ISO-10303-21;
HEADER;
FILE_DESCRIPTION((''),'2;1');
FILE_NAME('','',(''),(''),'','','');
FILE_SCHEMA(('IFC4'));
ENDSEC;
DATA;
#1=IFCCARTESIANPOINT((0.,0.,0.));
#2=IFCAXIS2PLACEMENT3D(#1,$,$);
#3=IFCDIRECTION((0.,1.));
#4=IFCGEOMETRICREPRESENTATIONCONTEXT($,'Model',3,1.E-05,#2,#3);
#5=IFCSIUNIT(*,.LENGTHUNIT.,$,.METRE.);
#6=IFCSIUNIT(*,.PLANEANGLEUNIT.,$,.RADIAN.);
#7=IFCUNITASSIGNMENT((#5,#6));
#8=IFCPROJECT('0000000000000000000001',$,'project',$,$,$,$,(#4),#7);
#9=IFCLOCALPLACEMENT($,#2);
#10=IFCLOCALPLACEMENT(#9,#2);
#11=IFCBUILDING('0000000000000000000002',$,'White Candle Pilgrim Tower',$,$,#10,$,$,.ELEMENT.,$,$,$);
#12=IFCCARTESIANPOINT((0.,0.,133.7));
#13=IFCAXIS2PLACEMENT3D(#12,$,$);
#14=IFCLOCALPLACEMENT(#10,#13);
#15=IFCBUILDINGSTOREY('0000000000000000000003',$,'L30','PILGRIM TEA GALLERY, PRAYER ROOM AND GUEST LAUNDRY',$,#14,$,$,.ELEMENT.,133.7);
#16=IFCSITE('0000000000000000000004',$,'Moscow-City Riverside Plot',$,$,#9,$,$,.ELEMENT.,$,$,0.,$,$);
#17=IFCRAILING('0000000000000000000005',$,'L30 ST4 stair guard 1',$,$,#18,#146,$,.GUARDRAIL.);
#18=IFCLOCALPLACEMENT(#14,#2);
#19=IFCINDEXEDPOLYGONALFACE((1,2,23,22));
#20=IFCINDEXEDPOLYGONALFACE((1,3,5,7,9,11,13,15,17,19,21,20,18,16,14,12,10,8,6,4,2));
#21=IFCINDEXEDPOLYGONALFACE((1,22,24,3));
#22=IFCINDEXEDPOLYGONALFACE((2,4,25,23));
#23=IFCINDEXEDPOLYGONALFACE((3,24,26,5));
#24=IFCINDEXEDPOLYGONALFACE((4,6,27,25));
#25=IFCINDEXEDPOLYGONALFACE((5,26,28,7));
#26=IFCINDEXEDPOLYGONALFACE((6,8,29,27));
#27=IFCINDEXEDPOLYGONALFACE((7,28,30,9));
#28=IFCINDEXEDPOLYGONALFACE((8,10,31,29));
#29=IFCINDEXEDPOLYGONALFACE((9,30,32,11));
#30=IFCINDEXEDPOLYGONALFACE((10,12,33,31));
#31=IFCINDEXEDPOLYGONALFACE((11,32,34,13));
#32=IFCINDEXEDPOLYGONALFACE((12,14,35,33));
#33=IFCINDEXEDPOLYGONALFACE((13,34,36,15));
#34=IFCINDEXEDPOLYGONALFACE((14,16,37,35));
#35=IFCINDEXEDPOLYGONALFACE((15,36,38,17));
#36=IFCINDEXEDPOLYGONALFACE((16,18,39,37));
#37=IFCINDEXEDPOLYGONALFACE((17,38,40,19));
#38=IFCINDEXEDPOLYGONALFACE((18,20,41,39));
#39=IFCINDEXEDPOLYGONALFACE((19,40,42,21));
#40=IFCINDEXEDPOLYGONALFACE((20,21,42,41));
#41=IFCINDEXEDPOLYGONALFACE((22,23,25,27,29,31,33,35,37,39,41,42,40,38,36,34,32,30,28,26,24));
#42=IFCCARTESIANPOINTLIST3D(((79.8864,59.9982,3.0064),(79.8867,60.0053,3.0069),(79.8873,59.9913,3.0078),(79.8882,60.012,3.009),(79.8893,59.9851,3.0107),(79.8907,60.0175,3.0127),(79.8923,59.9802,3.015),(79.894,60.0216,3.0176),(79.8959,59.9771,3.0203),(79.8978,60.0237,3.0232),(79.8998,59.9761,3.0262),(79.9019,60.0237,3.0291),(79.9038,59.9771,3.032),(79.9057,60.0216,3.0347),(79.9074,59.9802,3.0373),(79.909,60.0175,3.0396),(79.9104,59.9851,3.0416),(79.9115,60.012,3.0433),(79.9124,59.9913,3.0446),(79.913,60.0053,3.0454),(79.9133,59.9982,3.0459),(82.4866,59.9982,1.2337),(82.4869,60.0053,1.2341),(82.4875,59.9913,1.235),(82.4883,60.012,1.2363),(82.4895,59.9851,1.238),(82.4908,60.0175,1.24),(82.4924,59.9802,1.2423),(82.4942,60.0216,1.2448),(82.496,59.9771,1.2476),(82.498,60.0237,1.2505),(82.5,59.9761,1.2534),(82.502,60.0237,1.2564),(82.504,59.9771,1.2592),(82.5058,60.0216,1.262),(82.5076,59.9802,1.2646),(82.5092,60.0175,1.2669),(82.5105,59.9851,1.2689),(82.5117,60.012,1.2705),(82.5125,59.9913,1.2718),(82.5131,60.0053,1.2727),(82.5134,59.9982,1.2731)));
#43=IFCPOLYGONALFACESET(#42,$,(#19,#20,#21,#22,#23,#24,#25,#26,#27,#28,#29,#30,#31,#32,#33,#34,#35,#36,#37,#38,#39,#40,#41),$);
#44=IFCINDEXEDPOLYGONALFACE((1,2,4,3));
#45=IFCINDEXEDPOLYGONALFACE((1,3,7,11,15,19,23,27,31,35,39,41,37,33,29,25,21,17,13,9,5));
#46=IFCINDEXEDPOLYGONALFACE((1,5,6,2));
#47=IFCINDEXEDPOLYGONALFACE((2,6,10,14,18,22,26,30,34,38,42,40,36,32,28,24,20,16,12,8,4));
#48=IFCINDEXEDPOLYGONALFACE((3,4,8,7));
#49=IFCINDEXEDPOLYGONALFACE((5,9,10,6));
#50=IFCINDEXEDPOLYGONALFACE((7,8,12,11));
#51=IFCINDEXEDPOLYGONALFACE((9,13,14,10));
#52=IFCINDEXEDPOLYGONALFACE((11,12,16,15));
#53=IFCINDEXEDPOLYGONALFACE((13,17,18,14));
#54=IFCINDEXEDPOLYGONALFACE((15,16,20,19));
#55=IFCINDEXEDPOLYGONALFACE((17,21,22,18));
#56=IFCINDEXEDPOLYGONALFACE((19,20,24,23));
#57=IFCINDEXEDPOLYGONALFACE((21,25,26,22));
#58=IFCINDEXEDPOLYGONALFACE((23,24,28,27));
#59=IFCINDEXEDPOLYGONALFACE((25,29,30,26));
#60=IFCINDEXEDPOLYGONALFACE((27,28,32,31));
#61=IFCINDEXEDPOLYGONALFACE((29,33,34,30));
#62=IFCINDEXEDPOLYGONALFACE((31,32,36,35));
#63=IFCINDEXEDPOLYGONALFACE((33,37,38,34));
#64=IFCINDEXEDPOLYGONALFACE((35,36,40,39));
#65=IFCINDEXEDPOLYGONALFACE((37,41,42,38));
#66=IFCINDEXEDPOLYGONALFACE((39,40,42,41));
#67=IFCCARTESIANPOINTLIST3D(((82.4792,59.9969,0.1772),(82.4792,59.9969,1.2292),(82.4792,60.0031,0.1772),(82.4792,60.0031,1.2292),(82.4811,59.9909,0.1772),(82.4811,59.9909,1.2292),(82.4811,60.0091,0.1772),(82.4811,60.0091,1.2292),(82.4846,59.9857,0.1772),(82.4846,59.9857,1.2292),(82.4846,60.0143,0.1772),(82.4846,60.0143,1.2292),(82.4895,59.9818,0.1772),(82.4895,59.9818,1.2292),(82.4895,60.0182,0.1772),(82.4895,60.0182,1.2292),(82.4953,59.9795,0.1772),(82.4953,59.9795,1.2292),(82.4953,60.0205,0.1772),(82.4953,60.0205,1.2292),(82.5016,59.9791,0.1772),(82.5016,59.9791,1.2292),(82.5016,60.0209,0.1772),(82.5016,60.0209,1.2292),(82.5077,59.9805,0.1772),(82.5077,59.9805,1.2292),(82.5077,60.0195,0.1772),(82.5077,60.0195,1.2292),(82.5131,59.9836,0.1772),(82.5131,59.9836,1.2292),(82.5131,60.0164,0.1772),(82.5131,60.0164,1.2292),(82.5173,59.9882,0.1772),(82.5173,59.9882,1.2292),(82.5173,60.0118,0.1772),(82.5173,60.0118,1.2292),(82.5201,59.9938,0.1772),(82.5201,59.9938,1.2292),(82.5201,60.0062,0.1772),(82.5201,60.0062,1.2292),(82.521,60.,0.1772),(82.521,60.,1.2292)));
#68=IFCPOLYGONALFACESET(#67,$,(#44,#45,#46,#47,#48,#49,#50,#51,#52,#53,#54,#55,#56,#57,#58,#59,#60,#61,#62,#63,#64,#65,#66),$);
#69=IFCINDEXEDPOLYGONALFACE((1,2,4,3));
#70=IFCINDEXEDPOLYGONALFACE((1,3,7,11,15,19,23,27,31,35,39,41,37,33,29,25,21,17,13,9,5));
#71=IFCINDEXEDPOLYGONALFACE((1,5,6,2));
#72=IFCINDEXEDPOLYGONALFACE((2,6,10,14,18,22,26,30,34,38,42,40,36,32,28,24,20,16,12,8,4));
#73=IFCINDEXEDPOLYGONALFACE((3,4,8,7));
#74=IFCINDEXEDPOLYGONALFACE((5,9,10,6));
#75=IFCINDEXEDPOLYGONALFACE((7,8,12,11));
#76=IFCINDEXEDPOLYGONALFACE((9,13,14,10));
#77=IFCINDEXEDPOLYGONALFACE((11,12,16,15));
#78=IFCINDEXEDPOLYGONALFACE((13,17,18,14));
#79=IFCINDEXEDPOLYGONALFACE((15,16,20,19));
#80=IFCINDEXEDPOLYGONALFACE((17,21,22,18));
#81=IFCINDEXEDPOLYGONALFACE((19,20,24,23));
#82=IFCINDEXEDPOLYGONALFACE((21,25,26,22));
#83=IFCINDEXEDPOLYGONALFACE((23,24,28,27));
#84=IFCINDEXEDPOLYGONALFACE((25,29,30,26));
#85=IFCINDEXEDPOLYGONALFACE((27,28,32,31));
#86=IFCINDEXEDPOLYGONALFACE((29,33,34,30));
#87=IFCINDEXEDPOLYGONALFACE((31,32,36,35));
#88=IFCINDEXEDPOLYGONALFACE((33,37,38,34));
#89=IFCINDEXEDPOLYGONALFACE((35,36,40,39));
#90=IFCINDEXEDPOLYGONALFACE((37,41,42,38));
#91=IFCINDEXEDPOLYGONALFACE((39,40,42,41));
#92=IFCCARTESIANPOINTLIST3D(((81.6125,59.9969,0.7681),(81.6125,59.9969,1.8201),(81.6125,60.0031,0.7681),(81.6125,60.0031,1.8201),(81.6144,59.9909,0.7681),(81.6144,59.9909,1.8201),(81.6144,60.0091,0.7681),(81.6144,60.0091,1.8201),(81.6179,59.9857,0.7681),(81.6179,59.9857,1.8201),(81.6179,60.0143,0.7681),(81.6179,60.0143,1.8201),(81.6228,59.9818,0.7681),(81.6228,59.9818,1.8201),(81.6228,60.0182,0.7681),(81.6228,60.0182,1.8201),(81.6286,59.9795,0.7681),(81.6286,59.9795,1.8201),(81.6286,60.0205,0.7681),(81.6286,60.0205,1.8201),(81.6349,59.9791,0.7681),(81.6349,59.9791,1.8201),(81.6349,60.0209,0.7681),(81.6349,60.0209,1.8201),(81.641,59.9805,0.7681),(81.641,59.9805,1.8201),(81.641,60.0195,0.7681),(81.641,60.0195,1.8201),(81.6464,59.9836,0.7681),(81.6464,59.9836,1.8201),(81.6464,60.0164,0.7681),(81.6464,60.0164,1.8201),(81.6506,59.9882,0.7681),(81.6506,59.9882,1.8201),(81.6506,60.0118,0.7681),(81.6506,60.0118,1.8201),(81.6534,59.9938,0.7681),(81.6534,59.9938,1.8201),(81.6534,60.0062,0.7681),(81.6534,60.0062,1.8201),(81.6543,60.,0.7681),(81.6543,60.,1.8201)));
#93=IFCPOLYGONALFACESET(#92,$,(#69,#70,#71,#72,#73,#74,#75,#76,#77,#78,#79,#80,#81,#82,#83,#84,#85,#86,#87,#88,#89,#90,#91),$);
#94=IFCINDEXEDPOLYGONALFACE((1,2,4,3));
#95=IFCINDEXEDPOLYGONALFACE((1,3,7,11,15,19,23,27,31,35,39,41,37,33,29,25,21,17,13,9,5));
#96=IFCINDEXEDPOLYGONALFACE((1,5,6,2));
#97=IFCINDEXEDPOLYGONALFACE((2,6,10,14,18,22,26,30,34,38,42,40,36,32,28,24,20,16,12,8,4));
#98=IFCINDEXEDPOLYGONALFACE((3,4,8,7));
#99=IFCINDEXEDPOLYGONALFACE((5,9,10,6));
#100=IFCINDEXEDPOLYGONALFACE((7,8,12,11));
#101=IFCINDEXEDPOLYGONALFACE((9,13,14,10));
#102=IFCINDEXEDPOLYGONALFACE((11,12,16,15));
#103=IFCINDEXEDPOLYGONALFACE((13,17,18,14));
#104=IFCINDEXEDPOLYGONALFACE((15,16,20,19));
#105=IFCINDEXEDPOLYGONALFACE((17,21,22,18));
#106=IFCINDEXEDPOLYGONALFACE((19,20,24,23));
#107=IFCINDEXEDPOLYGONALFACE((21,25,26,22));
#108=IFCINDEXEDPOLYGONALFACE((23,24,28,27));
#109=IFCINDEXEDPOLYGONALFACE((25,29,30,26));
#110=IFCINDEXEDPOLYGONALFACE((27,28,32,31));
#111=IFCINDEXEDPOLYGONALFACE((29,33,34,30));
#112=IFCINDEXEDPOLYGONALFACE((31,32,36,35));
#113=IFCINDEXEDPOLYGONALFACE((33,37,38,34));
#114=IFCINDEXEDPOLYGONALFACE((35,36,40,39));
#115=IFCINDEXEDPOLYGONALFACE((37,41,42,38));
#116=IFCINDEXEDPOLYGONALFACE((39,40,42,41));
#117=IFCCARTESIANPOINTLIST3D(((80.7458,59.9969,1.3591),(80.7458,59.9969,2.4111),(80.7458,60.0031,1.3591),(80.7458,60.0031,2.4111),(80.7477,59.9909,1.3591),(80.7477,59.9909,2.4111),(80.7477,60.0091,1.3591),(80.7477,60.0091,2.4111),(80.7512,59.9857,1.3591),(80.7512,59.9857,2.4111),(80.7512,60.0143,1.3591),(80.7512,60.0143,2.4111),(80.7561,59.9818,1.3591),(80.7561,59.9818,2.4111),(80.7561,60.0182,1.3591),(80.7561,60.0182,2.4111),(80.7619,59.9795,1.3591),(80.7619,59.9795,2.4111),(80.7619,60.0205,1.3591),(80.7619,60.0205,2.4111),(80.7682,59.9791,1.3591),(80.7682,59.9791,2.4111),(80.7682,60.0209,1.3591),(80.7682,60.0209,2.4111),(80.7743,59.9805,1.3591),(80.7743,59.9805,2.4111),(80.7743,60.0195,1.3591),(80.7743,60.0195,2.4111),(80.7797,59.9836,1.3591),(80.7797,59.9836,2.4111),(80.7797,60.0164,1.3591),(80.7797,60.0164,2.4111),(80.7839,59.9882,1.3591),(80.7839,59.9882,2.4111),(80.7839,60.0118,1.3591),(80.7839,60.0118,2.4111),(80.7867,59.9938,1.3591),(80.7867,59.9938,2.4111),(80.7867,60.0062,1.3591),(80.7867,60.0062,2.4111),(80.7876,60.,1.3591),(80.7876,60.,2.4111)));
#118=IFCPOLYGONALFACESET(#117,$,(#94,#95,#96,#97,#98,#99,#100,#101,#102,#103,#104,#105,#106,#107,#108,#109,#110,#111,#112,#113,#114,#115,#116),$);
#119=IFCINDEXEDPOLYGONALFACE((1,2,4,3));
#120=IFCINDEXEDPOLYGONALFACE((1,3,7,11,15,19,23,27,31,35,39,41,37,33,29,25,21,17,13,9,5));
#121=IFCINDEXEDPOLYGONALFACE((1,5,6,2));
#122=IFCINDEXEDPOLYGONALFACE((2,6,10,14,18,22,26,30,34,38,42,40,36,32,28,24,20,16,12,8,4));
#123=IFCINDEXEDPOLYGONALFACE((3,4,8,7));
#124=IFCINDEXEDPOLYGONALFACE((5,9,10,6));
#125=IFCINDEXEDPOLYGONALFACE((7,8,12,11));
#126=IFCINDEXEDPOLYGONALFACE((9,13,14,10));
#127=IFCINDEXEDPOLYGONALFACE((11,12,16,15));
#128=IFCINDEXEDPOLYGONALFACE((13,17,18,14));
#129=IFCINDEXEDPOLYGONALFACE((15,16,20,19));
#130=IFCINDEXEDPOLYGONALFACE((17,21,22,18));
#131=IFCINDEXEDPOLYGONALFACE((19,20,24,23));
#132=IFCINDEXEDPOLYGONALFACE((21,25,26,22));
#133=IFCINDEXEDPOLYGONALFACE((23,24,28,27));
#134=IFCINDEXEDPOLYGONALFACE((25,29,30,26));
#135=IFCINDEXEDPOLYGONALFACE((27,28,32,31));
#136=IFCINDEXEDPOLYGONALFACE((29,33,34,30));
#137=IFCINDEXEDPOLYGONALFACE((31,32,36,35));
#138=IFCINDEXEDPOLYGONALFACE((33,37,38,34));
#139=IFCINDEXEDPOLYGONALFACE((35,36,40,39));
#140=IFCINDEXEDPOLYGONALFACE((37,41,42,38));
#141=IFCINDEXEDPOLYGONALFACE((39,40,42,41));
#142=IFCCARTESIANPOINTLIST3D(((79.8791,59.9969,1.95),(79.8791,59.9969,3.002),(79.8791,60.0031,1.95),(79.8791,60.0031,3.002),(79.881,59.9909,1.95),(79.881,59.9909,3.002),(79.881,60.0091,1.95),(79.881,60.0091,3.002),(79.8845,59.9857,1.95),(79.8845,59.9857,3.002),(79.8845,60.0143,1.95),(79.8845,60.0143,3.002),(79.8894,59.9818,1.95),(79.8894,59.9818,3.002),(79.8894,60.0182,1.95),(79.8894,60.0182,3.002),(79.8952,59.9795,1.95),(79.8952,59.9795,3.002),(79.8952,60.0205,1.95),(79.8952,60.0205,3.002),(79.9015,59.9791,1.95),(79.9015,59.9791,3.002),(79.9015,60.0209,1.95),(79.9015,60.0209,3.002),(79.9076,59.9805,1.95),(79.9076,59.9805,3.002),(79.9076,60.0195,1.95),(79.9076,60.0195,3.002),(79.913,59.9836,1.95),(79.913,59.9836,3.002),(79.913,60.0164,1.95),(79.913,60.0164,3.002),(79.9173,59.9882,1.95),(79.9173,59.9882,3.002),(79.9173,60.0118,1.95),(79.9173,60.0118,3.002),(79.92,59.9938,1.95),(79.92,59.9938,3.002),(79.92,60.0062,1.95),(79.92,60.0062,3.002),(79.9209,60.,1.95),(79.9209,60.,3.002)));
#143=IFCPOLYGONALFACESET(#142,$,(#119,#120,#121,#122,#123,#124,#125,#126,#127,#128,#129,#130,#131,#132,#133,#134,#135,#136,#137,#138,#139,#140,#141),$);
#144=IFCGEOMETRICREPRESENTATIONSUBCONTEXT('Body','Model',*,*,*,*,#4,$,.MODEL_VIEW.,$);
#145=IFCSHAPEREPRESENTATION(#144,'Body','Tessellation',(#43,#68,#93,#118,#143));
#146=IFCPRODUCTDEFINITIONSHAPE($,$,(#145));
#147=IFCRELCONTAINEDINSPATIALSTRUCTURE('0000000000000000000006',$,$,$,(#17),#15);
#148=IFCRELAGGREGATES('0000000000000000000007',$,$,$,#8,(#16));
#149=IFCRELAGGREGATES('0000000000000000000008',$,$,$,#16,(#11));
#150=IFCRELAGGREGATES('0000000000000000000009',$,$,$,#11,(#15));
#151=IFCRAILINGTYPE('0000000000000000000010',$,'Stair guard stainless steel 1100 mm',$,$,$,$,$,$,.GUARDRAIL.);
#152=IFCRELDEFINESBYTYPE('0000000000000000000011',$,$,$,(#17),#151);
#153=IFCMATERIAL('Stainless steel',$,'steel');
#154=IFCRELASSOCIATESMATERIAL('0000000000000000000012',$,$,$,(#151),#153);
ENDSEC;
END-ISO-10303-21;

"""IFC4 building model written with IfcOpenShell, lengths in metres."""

from ifc_helpers import new_model, si_unit, direction, frame, origin, origin_2d, place, context, subcontext, project, spatial, circle, extrude, material, type_object, element, save


model = new_model("IFC4")

# Units and contexts
model_context = context("Model", 3, precision=1e-05, world=origin(), true_north=direction((0.0, 1.0)))
body_context = subcontext(model_context, "Body", "Model", "MODEL_VIEW")
ifc_project = project(units=[si_unit("LENGTHUNIT", "METRE"), si_unit("PLANEANGLEUNIT", "RADIAN")], contexts=[model_context])

# Site, building, storey
site_placement = place(None, origin())
site = spatial("IfcSite", under=ifc_project, at=site_placement, Name="Moscow-City Riverside Plot", CompositionType="ELEMENT", RefElevation=0.0)
building_placement = place(site_placement, origin())
building = spatial("IfcBuilding", under=site, at=building_placement, Name="White Candle Pilgrim Tower", CompositionType="ELEMENT")
storey_placement = place(building_placement, frame((0.0, 0.0, 133.7)))
storey = spatial("IfcBuildingStorey", under=building, at=storey_placement, Name="L30", Description="PILGRIM TEA GALLERY, PRAYER ROOM AND GUEST LAUNDRY", CompositionType="ELEMENT", Elevation=133.7)

# Railing
ifc_material_1 = material(Name="Stainless steel", Category="steel")
railing_type_1 = type_object("IfcRailingType", Name="Stair guard stainless steel 1100 mm", PredefinedType="GUARDRAIL", material=ifc_material_1)
railing_1_placement = place(storey_placement, frame((82.5, 60.0, 0.1772)))
element("IfcRailing", 1, at=railing_1_placement, inside=storey, type_object=railing_type_1, Name="L30 ST4 stair guard 1", PredefinedType="GUARDRAIL", context=body_context, shape_type="SweptSolid", body=[
    extrude(circle(Radius=0.0239, at=origin_2d()), frame((0.0, 0.0, 1.0762), z_axis=(-0.82624, 0.0, 0.563318), x_axis=(0.0, -1.0, 0.0)), (0.0, 0.0, 1.0), 3.147),
    extrude(circle(Radius=0.021, at=origin_2d()), origin(), (0.0, 0.0, 1.0), 1.052),
    extrude(circle(Radius=0.021, at=origin_2d()), frame((-0.8667, 0.0, 0.5908)), (0.0, 0.0, 1.0), 1.052),
    extrude(circle(Radius=0.021, at=origin_2d()), frame((-1.7334, 0.0, 1.1819)), (0.0, 0.0, 1.0), 1.052),
    extrude(circle(Radius=0.021, at=origin_2d()), frame((-2.6001, 0.0, 1.7727)), (0.0, 0.0, 1.0), 1.052),
])

save(model, "model.ifc")
